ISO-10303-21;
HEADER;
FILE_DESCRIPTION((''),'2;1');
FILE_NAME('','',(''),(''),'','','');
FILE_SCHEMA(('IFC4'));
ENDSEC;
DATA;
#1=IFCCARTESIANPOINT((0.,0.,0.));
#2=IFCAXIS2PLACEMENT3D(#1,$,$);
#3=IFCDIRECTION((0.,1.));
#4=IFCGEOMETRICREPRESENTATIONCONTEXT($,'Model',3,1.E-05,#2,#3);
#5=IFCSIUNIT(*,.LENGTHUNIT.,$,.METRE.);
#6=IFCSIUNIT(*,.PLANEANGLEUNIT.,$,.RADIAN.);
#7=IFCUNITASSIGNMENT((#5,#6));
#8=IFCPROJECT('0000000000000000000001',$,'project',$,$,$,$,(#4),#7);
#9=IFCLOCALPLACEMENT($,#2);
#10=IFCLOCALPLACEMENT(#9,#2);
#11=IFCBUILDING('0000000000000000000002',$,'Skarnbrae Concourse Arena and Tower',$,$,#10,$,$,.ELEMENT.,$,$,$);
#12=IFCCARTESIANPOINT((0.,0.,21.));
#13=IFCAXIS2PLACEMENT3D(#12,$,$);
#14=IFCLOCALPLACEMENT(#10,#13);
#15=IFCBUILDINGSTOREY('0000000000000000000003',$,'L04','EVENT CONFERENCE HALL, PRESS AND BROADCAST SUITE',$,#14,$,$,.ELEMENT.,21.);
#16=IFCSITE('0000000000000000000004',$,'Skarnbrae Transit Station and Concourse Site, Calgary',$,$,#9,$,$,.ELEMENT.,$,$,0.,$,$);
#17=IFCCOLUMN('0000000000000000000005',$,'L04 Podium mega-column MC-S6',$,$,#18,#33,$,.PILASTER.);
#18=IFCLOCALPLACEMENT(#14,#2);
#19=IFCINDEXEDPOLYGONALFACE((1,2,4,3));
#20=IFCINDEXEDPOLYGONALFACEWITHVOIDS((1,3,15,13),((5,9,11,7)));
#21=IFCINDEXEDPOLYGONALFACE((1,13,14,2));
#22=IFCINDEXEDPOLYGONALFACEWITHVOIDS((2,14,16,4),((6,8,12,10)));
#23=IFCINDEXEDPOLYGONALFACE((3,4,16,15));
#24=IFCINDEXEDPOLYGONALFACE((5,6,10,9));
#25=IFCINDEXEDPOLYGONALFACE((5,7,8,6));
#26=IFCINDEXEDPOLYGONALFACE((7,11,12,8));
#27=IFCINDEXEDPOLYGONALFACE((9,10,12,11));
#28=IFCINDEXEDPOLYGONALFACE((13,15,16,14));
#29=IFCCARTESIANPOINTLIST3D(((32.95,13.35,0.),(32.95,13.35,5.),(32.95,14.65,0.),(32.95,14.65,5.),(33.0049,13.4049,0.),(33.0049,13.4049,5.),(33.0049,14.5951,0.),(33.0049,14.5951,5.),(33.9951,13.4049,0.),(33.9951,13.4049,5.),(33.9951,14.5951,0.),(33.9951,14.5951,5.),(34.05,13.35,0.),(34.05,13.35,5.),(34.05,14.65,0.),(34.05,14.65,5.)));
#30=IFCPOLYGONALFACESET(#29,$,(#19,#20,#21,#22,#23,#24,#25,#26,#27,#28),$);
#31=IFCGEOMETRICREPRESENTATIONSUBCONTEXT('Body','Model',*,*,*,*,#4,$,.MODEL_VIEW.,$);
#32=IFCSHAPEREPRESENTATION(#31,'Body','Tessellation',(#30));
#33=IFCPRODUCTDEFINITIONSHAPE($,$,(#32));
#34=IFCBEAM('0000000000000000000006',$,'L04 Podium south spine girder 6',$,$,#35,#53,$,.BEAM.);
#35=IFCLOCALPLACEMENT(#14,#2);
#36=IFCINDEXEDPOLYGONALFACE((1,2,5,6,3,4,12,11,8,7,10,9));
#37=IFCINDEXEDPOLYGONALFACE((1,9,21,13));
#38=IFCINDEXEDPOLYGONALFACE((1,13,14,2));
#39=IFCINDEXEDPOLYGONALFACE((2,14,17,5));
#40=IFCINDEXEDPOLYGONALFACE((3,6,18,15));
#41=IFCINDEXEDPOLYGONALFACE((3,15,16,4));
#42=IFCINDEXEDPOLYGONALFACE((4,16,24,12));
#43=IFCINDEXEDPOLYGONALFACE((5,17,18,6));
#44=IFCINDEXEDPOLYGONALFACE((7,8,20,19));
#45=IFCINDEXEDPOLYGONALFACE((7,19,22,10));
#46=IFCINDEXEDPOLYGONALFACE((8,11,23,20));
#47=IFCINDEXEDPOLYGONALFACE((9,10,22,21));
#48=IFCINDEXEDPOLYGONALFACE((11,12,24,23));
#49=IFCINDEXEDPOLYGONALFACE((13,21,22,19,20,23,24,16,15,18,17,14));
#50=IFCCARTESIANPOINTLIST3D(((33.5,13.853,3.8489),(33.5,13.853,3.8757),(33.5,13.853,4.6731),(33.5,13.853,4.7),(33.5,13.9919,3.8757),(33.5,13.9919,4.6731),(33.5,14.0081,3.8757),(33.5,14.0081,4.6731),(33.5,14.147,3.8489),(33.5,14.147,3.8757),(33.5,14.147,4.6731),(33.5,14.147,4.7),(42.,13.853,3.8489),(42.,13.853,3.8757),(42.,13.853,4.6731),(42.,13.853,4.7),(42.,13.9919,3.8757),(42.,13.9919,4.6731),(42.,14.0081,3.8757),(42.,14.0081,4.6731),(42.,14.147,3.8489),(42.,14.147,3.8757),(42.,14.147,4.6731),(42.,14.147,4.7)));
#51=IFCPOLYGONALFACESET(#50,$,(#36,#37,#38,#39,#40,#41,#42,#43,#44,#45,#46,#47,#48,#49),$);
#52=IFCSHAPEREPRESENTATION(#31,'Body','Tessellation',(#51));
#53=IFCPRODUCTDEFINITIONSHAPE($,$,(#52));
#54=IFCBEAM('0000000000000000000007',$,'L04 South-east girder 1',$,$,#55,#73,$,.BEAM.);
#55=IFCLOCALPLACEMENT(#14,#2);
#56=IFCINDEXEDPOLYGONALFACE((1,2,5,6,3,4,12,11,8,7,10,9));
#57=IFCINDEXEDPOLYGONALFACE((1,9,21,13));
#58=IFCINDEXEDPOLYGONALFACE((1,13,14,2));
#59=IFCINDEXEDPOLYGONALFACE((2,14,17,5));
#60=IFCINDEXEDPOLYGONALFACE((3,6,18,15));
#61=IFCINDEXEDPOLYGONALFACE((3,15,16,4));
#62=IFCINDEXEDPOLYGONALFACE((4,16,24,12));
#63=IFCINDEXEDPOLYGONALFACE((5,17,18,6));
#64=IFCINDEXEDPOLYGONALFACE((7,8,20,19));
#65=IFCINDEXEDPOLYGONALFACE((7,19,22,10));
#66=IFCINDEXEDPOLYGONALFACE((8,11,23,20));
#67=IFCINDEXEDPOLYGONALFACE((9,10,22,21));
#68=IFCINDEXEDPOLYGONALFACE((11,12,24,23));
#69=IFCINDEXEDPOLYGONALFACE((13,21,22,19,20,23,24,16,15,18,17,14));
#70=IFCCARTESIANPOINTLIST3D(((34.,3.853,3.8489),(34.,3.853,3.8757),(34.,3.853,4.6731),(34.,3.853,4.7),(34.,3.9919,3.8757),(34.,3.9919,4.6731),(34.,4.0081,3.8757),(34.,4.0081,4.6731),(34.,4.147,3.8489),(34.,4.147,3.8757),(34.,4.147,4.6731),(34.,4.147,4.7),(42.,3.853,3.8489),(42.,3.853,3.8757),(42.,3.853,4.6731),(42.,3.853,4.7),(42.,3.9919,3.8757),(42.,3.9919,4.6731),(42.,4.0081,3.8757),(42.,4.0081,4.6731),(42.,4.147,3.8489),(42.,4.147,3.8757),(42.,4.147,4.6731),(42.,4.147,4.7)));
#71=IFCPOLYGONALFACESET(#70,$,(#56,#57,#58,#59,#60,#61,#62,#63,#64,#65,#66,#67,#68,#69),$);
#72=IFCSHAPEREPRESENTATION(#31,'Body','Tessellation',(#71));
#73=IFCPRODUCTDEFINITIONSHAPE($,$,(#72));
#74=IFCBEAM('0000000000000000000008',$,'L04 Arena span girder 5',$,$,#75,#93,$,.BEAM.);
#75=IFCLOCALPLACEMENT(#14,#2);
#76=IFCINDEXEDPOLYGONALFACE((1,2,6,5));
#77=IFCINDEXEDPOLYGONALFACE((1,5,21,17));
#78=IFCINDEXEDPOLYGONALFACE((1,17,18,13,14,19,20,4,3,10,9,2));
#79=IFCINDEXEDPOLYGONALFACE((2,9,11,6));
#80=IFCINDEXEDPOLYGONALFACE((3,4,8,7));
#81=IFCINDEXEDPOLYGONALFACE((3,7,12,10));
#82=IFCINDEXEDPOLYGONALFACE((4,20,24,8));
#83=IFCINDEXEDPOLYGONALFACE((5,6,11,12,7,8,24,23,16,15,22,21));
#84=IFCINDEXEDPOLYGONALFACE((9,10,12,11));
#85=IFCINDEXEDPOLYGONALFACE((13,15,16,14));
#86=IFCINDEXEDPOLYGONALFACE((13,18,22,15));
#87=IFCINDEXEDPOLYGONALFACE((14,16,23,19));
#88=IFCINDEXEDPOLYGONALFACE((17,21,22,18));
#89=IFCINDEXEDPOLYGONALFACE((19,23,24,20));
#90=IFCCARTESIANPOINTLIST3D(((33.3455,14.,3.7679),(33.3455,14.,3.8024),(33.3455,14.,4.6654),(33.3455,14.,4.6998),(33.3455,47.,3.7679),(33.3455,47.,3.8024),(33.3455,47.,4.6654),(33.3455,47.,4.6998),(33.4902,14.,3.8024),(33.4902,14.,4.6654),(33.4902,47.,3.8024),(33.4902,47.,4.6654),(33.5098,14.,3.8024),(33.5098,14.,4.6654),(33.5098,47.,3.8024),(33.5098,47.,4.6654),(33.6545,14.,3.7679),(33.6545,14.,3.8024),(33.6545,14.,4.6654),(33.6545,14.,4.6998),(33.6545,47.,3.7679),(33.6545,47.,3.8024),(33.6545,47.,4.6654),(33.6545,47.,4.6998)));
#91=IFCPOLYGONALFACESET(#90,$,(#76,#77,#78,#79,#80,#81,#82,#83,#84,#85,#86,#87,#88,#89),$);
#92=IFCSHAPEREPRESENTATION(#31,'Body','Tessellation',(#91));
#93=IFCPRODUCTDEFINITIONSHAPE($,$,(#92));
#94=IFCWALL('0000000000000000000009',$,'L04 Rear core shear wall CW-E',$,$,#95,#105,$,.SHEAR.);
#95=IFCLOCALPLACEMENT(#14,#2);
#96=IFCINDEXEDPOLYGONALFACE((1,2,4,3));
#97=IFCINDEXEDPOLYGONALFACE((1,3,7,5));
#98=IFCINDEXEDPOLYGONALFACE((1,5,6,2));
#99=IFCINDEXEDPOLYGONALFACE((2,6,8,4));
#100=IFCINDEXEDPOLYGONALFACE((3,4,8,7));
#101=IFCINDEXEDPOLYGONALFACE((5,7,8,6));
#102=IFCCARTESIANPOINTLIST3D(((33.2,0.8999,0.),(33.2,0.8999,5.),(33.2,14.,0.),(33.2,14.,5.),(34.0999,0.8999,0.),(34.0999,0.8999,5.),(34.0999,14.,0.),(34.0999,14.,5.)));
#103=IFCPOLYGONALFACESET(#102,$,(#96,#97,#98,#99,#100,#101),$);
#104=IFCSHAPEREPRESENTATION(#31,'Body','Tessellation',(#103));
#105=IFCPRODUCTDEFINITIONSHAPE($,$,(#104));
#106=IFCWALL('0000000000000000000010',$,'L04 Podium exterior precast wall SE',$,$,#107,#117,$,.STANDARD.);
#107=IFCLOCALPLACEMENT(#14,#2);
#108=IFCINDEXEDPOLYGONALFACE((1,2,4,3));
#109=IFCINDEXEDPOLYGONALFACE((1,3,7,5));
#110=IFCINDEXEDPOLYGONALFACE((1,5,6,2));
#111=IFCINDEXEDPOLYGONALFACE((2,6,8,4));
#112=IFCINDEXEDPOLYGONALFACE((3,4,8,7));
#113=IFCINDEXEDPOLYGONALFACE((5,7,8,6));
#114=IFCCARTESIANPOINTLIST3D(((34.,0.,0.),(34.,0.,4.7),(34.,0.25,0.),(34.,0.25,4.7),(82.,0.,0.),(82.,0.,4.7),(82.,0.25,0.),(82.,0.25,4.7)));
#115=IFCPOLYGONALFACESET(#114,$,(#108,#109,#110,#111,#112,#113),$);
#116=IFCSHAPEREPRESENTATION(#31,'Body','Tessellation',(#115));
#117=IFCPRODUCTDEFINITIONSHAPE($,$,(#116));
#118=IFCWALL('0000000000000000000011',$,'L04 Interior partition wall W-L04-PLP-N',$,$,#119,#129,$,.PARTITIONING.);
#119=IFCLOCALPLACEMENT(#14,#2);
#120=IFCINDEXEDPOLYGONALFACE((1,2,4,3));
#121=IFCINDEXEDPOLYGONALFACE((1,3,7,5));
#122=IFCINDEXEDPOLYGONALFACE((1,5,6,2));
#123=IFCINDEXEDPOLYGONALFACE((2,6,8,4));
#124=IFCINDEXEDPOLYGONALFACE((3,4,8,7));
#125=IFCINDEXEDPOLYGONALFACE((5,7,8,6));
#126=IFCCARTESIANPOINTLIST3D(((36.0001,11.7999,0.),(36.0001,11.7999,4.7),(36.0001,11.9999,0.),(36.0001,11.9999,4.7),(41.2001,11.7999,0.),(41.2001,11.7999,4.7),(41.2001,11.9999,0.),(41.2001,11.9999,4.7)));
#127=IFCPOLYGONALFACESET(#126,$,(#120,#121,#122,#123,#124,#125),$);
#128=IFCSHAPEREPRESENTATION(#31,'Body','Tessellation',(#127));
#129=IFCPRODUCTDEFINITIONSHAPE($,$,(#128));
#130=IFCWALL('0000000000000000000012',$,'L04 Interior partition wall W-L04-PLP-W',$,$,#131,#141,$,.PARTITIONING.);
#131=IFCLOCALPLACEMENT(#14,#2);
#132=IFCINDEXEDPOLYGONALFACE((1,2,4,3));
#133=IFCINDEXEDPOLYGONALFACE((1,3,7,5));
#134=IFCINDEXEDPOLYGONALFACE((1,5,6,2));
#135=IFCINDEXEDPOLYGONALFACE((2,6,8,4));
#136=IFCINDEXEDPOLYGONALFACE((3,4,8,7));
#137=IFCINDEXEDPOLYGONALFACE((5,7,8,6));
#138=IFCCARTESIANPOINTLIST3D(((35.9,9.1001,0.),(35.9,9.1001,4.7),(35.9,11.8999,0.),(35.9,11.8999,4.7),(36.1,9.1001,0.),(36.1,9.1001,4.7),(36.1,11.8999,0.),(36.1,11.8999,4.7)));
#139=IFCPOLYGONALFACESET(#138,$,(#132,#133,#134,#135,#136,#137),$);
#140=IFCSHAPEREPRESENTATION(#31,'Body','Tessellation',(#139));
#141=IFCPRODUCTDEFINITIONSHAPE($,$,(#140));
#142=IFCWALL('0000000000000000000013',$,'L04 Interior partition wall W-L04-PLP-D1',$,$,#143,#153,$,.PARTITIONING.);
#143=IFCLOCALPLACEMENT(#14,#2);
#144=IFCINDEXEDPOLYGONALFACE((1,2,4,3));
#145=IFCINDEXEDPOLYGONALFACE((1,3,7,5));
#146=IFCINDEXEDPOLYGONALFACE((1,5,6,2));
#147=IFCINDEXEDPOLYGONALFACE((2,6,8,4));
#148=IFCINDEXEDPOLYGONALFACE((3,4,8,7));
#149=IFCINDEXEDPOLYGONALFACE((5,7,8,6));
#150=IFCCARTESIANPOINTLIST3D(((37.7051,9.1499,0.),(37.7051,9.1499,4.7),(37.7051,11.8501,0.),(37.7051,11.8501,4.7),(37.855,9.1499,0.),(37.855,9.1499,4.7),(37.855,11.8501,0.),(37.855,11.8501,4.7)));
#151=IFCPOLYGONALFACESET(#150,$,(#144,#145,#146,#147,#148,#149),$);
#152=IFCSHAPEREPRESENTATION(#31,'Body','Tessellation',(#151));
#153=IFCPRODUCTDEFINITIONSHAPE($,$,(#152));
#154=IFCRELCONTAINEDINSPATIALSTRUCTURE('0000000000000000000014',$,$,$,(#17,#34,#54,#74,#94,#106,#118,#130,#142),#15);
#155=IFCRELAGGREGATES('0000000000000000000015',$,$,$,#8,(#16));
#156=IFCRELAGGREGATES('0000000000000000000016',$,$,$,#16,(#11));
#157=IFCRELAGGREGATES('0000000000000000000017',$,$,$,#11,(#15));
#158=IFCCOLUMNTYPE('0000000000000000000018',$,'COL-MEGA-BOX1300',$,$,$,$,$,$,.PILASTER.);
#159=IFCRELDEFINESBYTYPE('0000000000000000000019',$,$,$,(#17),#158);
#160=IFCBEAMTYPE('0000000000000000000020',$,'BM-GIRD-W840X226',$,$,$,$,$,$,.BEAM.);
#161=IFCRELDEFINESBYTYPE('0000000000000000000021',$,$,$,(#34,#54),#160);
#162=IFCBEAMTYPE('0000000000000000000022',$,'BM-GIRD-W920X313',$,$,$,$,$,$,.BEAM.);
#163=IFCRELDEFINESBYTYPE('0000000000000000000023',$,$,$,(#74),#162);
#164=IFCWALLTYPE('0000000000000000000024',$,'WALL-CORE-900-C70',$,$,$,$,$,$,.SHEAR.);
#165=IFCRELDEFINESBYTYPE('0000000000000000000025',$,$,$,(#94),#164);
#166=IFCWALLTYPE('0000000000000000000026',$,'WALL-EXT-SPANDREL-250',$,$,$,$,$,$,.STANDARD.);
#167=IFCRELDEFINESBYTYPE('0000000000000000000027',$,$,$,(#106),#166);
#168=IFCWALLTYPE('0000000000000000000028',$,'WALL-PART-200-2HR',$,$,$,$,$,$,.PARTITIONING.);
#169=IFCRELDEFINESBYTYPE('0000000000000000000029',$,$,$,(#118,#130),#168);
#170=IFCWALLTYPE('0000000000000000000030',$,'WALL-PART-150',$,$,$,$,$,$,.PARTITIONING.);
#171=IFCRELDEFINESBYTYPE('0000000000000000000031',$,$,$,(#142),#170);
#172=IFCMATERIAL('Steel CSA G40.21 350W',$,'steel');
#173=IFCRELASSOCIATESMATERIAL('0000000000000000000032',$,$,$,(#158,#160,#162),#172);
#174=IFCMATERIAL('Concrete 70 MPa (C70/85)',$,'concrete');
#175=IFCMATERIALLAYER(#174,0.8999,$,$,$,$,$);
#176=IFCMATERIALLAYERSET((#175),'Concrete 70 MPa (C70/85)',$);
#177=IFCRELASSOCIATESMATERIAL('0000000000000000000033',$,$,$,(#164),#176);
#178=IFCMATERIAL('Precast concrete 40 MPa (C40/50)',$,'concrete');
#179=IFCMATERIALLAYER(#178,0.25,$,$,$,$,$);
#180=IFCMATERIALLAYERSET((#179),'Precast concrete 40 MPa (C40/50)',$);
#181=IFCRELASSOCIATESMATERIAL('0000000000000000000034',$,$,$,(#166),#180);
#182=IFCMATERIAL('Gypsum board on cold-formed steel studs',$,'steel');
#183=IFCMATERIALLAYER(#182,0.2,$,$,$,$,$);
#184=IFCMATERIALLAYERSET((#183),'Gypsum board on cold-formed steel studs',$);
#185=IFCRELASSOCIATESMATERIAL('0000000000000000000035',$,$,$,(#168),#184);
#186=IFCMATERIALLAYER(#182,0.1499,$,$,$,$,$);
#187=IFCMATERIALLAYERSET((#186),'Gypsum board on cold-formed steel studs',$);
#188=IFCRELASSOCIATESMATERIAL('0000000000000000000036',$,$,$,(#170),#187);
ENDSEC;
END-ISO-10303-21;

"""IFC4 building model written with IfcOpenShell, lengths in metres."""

from ifc_helpers import new_model, si_unit, direction, frame, frame_2d, origin, origin_2d, place, context, subcontext, project, spatial, rectangle, hollow_rectangle, i_section, extrude, source, transform, mapped, material, layer, layer_set, material_profile, profile_set, type_object, element, save


model = new_model("IFC4")

# Units and contexts
model_context = context("Model", 3, precision=1e-05, world=origin(), true_north=direction((0.0, 1.0)))
body_context = subcontext(model_context, "Body", "Model", "MODEL_VIEW")
ifc_project = project(units=[si_unit("LENGTHUNIT", "METRE"), si_unit("PLANEANGLEUNIT", "RADIAN")], contexts=[model_context])

# Site, building, storey
site_placement = place(None, origin())
site = spatial("IfcSite", under=ifc_project, at=site_placement, Name="Skarnbrae Transit Station and Concourse Site, Calgary", CompositionType="ELEMENT", RefElevation=0.0)
building_placement = place(site_placement, origin())
building = spatial("IfcBuilding", under=site, at=building_placement, Name="Skarnbrae Concourse Arena and Tower", CompositionType="ELEMENT")
storey_placement = place(building_placement, frame((0.0, 0.0, 21.0)))
storey = spatial("IfcBuildingStorey", under=building, at=storey_placement, Name="L04", Description="EVENT CONFERENCE HALL, PRESS AND BROADCAST SUITE", CompositionType="ELEMENT", Elevation=21.0)

# Column
ifc_material_1 = material(Name="Steel CSA G40.21 350W", Category="steel")
ifc_material_profile_1 = material_profile(ifc_material_1, hollow_rectangle(XDim=1.1001, YDim=1.3, WallThickness=0.0549, at=origin_2d()), Name="BOX1300X1100X55")
ifc_profile_set_1 = profile_set([ifc_material_profile_1], Name="Steel CSA G40.21 350W")
column_type = type_object("IfcColumnType", Name="COL-MEGA-BOX1300", PredefinedType="PILASTER", material=ifc_profile_set_1)
shared_shape_1 = source(origin(), body_context, "Body", "SweptSolid", [
    extrude(hollow_rectangle(XDim=1.1001, YDim=1.3, WallThickness=0.0549, at=origin_2d()), origin(), (0.0, 0.0, 1.0), 5.0),
])
column_placement = place(storey_placement, frame((33.5, 14.0, 0.0), z_axis=(0.0, 0.0, 1.0), x_axis=(1.0, 0.0, 0.0)))
element("IfcColumn", 1, at=column_placement, inside=storey, type_object=column_type, Name="L04 Podium mega-column MC-S6", PredefinedType="PILASTER", context=body_context, shape_type="MappedRepresentation", body=[
    mapped(shared_shape_1, transform((0.0, 0.0, 0.0))),
])

# Beams
ifc_material_profile_2 = material_profile(ifc_material_1, i_section(OverallWidth=0.2939, OverallDepth=0.8511, WebThickness=0.0161, FlangeThickness=0.0269, at=origin_2d()), Name="W840X226")
ifc_profile_set_2 = profile_set([ifc_material_profile_2], Name="Steel CSA G40.21 350W")
beam_type_1 = type_object("IfcBeamType", Name="BM-GIRD-W840X226", PredefinedType="BEAM", material=ifc_profile_set_2)
shared_shape_2 = source(origin(), body_context, "Body", "SweptSolid", [
    extrude(i_section(OverallWidth=0.2939, OverallDepth=0.8511, WebThickness=0.0161, FlangeThickness=0.0269, at=origin_2d()), origin(), (0.0, 0.0, 1.0), 8.5),
])
beam_1_placement = place(storey_placement, frame((33.5, 14.0, 4.2744), z_axis=(1.0, 0.0, 0.0), x_axis=(0.0, 1.0, 0.0)))
element("IfcBeam", 2, at=beam_1_placement, inside=storey, type_object=beam_type_1, Name="L04 Podium south spine girder 6", PredefinedType="BEAM", context=body_context, shape_type="MappedRepresentation", body=[
    mapped(shared_shape_2, transform((0.0, 0.0, 0.0))),
])
shared_shape_3 = source(origin(), body_context, "Body", "SweptSolid", [
    extrude(i_section(OverallWidth=0.2939, OverallDepth=0.8511, WebThickness=0.0161, FlangeThickness=0.0269, at=origin_2d()), origin(), (0.0, 0.0, 1.0), 8.0),
])
beam_2_placement = place(storey_placement, frame((34.0, 4.0, 4.2744), z_axis=(1.0, 0.0, 0.0), x_axis=(0.0, 1.0, 0.0)))
element("IfcBeam", 3, at=beam_2_placement, inside=storey, type_object=beam_type_1, Name="L04 South-east girder 1", PredefinedType="BEAM", context=body_context, shape_type="MappedRepresentation", body=[
    mapped(shared_shape_3, transform((0.0, 0.0, 0.0))),
])
ifc_material_profile_3 = material_profile(ifc_material_1, i_section(OverallWidth=0.3091, OverallDepth=0.9319, WebThickness=0.0195, FlangeThickness=0.0344, at=origin_2d()), Name="W920X313")
ifc_profile_set_3 = profile_set([ifc_material_profile_3], Name="Steel CSA G40.21 350W")
beam_type_2 = type_object("IfcBeamType", Name="BM-GIRD-W920X313", PredefinedType="BEAM", material=ifc_profile_set_3)
shared_shape_4 = source(origin(), body_context, "Body", "SweptSolid", [
    extrude(i_section(OverallWidth=0.3091, OverallDepth=0.9319, WebThickness=0.0195, FlangeThickness=0.0344, at=origin_2d()), origin(), (0.0, 0.0, 1.0), 33.0),
])
beam_3_placement = place(storey_placement, frame((33.5, 14.0, 4.2339), z_axis=(0.0, 1.0, 0.0), x_axis=(-1.0, 0.0, 0.0)))
element("IfcBeam", 4, at=beam_3_placement, inside=storey, type_object=beam_type_2, Name="L04 Arena span girder 5", PredefinedType="BEAM", context=body_context, shape_type="MappedRepresentation", body=[
    mapped(shared_shape_4, transform((0.0, 0.0, 0.0))),
])

# Walls
ifc_material_2 = material(Name="Concrete 70 MPa (C70/85)", Category="concrete")
ifc_layer_1 = layer(ifc_material_2, 0.8999)
ifc_layer_set_1 = layer_set([ifc_layer_1], Name="Concrete 70 MPa (C70/85)")
wall_type_1 = type_object("IfcWallType", Name="WALL-CORE-900-C70", PredefinedType="SHEAR", material=ifc_layer_set_1)
shared_shape_5 = source(origin(), body_context, "Body", "SweptSolid", [
    extrude(rectangle(XDim=13.1001, YDim=0.8999, at=frame_2d((6.55, 0.0))), origin(), (0.0, 0.0, 1.0), 5.0),
])
wall_1_placement = place(storey_placement, frame((33.6499, 0.8999, 0.0), z_axis=(0.0, 0.0, 1.0), x_axis=(0.0, 1.0, 0.0)))
element("IfcWall", 5, at=wall_1_placement, inside=storey, type_object=wall_type_1, Name="L04 Rear core shear wall CW-E", PredefinedType="SHEAR", context=body_context, shape_type="MappedRepresentation", body=[
    mapped(shared_shape_5, transform((0.0, 0.0, 0.0))),
])
ifc_material_3 = material(Name="Precast concrete 40 MPa (C40/50)", Category="concrete")
ifc_layer_2 = layer(ifc_material_3, 0.25)
ifc_layer_set_2 = layer_set([ifc_layer_2], Name="Precast concrete 40 MPa (C40/50)")
wall_type_2 = type_object("IfcWallType", Name="WALL-EXT-SPANDREL-250", PredefinedType="STANDARD", material=ifc_layer_set_2)
shared_shape_6 = source(origin(), body_context, "Body", "SweptSolid", [
    extrude(rectangle(XDim=48.0, YDim=0.25, at=frame_2d((24.0, 0.0))), origin(), (0.0, 0.0, 1.0), 4.7),
])
wall_2_placement = place(storey_placement, frame((34.0, 0.125, 0.0), z_axis=(0.0, 0.0, 1.0), x_axis=(1.0, 0.0, 0.0)))
element("IfcWall", 6, at=wall_2_placement, inside=storey, type_object=wall_type_2, Name="L04 Podium exterior precast wall SE", PredefinedType="STANDARD", context=body_context, shape_type="MappedRepresentation", body=[
    mapped(shared_shape_6, transform((0.0, 0.0, 0.0))),
])

# Shared definitions
ifc_material_4 = material(Name="Gypsum board on cold-formed steel studs", Category="steel")
ifc_layer_3 = layer(ifc_material_4, 0.2)
ifc_layer_set_3 = layer_set([ifc_layer_3], Name="Gypsum board on cold-formed steel studs")
wall_type_3 = type_object("IfcWallType", Name="WALL-PART-200-2HR", PredefinedType="PARTITIONING", material=ifc_layer_set_3)
shared_shape_7 = source(origin(), body_context, "Body", "SweptSolid", [
    extrude(rectangle(XDim=5.2, YDim=0.2, at=frame_2d((2.6001, 0.0))), origin(), (0.0, 0.0, 1.0), 4.7),
])

# Walls
wall_3_placement = place(storey_placement, frame((36.0, 11.8999, 0.0), z_axis=(0.0, 0.0, 1.0), x_axis=(1.0, 0.0, 0.0)))
element("IfcWall", 7, at=wall_3_placement, inside=storey, type_object=wall_type_3, Name="L04 Interior partition wall W-L04-PLP-N", PredefinedType="PARTITIONING", context=body_context, shape_type="MappedRepresentation", body=[
    mapped(shared_shape_7, transform((0.0, 0.0, 0.0))),
])
shared_shape_8 = source(origin(), body_context, "Body", "SweptSolid", [
    extrude(rectangle(XDim=2.7998, YDim=0.2, at=frame_2d((1.3999, 0.0))), origin(), (0.0, 0.0, 1.0), 4.7),
])
wall_4_placement = place(storey_placement, frame((36.0, 9.1001, 0.0), z_axis=(0.0, 0.0, 1.0), x_axis=(0.0, 1.0, 0.0)))
element("IfcWall", 8, at=wall_4_placement, inside=storey, type_object=wall_type_3, Name="L04 Interior partition wall W-L04-PLP-W", PredefinedType="PARTITIONING", context=body_context, shape_type="MappedRepresentation", body=[
    mapped(shared_shape_8, transform((0.0, 0.0, 0.0))),
])
ifc_layer_4 = layer(ifc_material_4, 0.1499)
ifc_layer_set_4 = layer_set([ifc_layer_4], Name="Gypsum board on cold-formed steel studs")
wall_type_4 = type_object("IfcWallType", Name="WALL-PART-150", PredefinedType="PARTITIONING", material=ifc_layer_set_4)
shared_shape_9 = source(origin(), body_context, "Body", "SweptSolid", [
    extrude(rectangle(XDim=2.7002, YDim=0.1499, at=frame_2d((1.3501, 0.0))), origin(), (0.0, 0.0, 1.0), 4.7),
])
wall_5_placement = place(storey_placement, frame((37.78, 9.1499, 0.0), z_axis=(0.0, 0.0, 1.0), x_axis=(0.0, 1.0, 0.0)))
element("IfcWall", 9, at=wall_5_placement, inside=storey, type_object=wall_type_4, Name="L04 Interior partition wall W-L04-PLP-D1", PredefinedType="PARTITIONING", context=body_context, shape_type="MappedRepresentation", body=[
    mapped(shared_shape_9, transform((0.0, 0.0, 0.0))),
])

save(model, "model.ifc")
